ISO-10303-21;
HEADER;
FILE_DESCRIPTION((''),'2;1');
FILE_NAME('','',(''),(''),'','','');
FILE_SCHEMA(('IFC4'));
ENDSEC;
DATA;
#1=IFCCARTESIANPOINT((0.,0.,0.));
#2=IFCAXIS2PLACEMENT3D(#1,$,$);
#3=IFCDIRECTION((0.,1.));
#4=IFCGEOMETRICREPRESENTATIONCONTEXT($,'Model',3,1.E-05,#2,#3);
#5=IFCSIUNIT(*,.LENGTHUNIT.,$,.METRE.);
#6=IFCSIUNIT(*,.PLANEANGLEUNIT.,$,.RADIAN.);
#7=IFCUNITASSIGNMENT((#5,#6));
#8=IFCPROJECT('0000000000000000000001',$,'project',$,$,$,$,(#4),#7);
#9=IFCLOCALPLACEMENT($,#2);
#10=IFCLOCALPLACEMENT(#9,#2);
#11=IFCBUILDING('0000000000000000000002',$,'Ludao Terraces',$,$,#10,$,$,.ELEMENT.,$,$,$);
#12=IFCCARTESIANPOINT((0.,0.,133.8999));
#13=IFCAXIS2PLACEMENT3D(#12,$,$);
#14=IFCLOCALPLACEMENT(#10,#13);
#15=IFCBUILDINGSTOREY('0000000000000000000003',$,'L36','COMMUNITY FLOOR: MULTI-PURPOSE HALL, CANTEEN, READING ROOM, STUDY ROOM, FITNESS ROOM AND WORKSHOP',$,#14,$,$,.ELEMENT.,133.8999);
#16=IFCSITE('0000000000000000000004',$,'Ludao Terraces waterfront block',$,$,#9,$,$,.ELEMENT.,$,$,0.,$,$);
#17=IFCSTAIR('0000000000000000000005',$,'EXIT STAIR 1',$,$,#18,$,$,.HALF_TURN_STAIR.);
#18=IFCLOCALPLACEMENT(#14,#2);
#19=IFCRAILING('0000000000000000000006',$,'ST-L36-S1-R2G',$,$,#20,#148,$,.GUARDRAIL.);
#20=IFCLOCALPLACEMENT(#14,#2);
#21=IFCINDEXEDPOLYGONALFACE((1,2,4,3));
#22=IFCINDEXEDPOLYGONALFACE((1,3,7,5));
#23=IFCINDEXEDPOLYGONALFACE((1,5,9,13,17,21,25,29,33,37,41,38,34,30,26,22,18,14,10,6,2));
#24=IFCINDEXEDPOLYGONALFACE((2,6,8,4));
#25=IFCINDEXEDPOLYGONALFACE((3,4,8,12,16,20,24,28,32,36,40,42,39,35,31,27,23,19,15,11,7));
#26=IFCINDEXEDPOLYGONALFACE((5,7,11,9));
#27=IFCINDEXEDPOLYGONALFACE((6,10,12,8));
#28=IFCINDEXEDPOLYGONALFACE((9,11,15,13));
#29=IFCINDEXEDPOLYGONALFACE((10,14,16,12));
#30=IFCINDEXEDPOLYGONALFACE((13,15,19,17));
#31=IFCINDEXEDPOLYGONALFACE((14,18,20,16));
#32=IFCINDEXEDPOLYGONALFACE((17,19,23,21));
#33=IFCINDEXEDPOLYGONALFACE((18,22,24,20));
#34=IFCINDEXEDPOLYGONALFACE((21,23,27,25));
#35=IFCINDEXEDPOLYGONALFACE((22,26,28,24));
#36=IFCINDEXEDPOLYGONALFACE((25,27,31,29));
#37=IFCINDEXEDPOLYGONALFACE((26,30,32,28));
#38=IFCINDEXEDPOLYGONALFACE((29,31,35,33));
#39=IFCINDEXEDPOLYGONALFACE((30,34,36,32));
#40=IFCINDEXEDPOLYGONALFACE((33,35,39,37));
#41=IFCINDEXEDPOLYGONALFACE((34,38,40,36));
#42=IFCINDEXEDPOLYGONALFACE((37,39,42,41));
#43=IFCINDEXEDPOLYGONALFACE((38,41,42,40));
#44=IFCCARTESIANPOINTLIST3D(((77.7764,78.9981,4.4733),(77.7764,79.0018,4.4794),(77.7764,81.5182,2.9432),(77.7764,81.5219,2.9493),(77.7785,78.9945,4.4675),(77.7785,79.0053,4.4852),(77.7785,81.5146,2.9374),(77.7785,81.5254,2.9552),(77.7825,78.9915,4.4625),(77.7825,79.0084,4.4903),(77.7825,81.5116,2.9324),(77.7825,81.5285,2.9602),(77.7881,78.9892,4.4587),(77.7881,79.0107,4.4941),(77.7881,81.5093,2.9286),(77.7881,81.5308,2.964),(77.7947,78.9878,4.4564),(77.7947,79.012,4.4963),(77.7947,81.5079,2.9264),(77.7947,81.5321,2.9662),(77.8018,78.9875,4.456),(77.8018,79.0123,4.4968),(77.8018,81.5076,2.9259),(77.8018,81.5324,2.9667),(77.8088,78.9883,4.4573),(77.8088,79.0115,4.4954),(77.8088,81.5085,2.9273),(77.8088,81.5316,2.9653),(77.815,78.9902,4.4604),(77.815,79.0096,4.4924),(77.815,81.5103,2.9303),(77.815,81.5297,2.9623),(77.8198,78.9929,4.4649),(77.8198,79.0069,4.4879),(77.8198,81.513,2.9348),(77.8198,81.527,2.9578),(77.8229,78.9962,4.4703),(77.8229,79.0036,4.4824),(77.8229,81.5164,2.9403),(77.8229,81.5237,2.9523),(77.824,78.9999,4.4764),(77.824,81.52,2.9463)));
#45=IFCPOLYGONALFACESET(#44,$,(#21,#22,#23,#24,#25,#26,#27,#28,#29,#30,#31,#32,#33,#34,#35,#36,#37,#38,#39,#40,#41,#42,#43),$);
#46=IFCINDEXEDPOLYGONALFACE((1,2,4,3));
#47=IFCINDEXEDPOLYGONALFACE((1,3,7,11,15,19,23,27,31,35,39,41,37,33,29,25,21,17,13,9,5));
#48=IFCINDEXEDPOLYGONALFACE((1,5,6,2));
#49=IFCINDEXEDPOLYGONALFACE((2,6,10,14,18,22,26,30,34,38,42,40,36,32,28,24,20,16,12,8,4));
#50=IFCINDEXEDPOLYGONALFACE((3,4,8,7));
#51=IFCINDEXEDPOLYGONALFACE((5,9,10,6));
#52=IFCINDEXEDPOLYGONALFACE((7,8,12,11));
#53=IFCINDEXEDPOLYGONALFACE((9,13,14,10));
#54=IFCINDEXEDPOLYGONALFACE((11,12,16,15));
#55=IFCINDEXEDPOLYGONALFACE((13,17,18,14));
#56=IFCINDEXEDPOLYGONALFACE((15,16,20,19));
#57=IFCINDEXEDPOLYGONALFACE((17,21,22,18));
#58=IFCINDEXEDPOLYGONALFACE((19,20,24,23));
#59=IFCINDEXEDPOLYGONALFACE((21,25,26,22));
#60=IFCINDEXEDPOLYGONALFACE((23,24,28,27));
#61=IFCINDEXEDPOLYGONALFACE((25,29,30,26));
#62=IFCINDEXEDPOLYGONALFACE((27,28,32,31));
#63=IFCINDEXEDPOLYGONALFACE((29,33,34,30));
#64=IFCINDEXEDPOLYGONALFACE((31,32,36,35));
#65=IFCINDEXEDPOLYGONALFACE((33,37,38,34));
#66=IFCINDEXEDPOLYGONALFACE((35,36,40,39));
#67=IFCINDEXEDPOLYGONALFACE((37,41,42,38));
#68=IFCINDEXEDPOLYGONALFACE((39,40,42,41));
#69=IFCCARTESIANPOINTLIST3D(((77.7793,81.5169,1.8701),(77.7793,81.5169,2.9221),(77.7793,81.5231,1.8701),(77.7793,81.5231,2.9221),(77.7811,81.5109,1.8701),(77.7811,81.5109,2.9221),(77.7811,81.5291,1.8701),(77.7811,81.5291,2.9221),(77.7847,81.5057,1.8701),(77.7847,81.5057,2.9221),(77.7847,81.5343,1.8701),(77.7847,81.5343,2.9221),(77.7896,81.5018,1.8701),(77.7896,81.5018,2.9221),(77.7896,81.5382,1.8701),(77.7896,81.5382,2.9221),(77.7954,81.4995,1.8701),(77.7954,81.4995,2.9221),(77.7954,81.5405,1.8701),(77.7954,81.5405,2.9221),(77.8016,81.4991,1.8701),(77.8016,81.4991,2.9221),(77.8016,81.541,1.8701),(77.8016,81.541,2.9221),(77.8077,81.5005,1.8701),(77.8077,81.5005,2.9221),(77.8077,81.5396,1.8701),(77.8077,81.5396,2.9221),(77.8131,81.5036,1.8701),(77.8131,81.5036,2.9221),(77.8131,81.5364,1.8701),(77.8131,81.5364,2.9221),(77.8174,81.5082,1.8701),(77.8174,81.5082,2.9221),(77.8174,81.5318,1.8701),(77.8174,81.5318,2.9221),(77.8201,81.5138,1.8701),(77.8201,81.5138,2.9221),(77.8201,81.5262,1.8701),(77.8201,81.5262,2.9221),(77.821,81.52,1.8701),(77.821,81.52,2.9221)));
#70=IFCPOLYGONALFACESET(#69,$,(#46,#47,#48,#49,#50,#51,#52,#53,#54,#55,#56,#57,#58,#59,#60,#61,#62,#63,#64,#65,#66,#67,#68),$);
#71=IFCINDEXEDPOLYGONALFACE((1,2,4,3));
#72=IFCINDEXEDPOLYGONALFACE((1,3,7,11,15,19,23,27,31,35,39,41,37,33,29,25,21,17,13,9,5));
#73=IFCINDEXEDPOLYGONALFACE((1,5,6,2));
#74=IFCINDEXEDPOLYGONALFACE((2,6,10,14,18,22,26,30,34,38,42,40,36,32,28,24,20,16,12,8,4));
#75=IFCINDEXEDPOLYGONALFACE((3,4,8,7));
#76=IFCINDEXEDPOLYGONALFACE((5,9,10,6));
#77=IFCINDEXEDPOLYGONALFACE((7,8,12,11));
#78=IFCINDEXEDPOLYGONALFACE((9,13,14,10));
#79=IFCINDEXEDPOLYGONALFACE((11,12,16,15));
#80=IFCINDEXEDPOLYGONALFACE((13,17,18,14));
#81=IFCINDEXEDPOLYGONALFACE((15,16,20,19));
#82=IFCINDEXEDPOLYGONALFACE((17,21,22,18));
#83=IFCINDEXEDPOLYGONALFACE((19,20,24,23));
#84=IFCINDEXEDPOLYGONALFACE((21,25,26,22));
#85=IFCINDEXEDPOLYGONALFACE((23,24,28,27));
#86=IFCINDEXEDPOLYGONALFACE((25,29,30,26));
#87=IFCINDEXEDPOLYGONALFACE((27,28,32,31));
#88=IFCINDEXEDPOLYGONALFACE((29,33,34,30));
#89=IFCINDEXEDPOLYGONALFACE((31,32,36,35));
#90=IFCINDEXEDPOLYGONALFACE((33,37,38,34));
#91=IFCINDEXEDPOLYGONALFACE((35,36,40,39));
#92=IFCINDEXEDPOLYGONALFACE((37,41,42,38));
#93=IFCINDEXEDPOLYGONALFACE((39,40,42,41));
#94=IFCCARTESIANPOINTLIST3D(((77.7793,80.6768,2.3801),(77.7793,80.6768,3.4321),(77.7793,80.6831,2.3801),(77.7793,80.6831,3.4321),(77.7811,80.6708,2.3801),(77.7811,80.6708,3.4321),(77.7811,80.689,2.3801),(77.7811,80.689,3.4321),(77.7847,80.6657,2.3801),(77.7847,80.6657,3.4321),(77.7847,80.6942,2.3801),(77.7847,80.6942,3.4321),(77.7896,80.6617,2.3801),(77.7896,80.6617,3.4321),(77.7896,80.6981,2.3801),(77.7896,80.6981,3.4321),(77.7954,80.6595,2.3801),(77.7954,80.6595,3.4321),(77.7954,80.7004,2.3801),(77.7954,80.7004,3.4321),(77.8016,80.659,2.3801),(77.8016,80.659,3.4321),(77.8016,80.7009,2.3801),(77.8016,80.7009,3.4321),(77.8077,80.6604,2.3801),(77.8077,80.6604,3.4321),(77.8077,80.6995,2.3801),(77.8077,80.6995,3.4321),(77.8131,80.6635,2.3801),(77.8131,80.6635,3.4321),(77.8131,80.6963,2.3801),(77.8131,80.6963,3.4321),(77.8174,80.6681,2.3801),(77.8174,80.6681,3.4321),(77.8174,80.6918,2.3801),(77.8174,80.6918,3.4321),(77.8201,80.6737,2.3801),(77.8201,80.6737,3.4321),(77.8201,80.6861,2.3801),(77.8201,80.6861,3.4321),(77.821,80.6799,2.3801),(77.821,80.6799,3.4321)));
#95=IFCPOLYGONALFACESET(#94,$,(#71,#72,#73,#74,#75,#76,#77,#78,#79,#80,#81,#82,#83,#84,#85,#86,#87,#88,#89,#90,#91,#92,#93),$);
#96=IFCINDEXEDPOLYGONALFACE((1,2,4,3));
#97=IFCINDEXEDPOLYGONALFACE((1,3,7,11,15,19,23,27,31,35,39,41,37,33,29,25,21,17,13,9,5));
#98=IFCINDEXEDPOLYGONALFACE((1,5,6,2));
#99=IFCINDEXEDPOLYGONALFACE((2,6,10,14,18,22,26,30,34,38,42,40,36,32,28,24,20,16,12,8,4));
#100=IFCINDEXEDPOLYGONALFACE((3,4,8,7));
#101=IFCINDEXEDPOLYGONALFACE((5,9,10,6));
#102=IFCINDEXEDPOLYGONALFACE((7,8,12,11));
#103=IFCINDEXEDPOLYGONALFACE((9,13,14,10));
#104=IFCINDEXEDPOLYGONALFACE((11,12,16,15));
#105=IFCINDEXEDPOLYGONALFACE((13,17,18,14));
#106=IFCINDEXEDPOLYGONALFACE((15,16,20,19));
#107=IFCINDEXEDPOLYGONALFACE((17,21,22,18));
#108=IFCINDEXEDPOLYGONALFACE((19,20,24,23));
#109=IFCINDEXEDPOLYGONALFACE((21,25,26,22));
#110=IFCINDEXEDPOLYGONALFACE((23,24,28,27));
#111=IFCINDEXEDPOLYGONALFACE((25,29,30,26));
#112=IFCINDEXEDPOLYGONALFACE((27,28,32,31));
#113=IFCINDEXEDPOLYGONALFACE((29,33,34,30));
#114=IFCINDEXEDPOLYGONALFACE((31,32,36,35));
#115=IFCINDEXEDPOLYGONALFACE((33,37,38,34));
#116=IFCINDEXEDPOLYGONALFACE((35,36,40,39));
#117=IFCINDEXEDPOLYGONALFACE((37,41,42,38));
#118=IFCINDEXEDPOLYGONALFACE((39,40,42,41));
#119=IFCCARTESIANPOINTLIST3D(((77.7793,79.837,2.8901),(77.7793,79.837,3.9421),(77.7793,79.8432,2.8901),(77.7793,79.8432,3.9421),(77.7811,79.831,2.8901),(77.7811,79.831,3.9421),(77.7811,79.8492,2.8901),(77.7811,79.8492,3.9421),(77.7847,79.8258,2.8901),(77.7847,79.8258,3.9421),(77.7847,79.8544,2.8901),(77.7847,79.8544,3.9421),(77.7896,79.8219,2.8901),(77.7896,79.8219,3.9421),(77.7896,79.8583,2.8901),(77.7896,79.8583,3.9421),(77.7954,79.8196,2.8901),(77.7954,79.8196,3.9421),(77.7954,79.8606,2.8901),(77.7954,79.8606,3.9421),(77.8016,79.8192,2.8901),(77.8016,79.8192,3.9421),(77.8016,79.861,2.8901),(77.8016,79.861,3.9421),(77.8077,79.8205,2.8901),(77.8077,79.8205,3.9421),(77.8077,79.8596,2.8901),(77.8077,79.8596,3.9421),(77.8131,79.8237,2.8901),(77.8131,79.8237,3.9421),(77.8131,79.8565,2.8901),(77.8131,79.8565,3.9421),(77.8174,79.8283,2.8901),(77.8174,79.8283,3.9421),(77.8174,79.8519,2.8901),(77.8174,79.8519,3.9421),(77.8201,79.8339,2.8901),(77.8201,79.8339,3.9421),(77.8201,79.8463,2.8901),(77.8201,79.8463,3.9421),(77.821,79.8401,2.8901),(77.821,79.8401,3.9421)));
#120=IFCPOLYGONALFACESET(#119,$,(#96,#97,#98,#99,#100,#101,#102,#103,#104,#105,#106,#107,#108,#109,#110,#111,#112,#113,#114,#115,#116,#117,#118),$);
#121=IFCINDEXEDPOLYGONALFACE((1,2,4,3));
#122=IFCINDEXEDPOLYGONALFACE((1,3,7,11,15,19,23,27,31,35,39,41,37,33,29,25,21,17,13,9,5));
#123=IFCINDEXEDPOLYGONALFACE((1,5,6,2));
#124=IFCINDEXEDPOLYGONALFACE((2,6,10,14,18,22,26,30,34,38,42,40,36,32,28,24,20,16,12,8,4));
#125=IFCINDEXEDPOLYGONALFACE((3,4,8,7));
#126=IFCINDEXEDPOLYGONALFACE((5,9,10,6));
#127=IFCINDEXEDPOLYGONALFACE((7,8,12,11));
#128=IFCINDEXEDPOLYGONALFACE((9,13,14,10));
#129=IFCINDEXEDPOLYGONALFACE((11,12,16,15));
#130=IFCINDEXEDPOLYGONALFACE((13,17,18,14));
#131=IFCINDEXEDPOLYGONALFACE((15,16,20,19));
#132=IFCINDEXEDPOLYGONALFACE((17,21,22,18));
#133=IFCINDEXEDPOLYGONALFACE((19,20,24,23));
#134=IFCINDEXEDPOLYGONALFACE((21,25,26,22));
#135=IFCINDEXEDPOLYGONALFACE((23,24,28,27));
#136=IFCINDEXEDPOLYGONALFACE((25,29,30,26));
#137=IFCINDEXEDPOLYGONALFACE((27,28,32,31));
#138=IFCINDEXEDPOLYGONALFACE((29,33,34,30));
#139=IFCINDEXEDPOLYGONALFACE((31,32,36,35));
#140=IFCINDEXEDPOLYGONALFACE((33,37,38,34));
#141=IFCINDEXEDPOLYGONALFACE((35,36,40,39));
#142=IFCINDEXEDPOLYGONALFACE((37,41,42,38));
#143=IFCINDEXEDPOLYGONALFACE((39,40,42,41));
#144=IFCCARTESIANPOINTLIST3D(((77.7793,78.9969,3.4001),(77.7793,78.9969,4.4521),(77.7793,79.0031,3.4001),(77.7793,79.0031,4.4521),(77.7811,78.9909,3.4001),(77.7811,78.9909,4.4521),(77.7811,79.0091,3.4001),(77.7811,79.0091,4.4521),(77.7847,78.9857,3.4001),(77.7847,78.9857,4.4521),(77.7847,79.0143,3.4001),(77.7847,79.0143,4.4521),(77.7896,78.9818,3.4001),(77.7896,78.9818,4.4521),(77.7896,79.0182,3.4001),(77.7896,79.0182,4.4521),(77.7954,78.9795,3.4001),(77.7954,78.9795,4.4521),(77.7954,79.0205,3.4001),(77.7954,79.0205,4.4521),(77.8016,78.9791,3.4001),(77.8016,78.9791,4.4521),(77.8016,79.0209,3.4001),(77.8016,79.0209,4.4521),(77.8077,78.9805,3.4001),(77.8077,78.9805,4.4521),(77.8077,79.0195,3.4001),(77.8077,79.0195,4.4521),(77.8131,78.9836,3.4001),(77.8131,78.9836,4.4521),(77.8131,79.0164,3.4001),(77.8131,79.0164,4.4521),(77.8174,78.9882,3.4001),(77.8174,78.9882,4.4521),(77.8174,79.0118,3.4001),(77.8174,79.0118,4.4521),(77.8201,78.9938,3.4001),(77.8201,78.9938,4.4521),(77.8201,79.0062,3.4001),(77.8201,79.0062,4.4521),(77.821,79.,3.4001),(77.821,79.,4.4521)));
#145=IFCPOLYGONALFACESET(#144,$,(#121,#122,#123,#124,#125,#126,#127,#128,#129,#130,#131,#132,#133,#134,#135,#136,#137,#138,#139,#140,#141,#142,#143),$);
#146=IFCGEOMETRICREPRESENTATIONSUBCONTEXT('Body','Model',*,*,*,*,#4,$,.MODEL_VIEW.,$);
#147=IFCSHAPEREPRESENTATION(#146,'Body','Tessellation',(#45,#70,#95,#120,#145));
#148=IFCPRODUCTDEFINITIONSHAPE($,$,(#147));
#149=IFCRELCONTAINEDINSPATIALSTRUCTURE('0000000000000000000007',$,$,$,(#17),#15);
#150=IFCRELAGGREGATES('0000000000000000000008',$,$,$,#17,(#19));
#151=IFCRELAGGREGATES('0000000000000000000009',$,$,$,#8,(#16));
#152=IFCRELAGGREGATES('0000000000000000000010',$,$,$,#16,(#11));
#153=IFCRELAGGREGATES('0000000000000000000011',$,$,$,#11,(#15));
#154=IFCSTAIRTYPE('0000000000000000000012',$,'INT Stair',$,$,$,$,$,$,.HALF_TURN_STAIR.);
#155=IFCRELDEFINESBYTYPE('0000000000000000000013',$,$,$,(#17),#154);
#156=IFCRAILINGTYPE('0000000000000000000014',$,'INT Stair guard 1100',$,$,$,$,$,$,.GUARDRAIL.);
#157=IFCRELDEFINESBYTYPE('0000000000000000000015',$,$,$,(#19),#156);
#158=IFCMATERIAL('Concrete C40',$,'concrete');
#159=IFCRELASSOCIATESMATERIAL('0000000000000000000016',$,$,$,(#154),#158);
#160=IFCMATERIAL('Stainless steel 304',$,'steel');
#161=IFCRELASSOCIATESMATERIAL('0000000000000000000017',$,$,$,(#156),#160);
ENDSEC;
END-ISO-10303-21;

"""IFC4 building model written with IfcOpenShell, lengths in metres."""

from ifc_helpers import new_model, si_unit, direction, frame, origin, origin_2d, place, context, subcontext, project, spatial, circle, extrude, material, type_object, element, aggregate, save


model = new_model("IFC4")

# Units and contexts
model_context = context("Model", 3, precision=1e-05, world=origin(), true_north=direction((0.0, 1.0)))
body_context = subcontext(model_context, "Body", "Model", "MODEL_VIEW")
ifc_project = project(units=[si_unit("LENGTHUNIT", "METRE"), si_unit("PLANEANGLEUNIT", "RADIAN")], contexts=[model_context])

# Site, building, storey
site_placement = place(None, origin())
site = spatial("IfcSite", under=ifc_project, at=site_placement, Name="Ludao Terraces waterfront block", CompositionType="ELEMENT", RefElevation=0.0)
building_placement = place(site_placement, origin())
building = spatial("IfcBuilding", under=site, at=building_placement, Name="Ludao Terraces", CompositionType="ELEMENT")
storey_placement = place(building_placement, frame((0.0, 0.0, 133.8999)))
storey = spatial("IfcBuildingStorey", under=building, at=storey_placement, Name="L36", Description="COMMUNITY FLOOR: MULTI-PURPOSE HALL, CANTEEN, READING ROOM, STUDY ROOM, FITNESS ROOM AND WORKSHOP", CompositionType="ELEMENT", Elevation=133.8999)

# Shared definitions
ifc_material_1 = material(Name="Stainless steel 304", Category="steel")

# Stair, railing
ifc_material_2 = material(Name="Concrete C40", Category="concrete")
stair_type = type_object("IfcStairType", Name="INT Stair", PredefinedType="HALF_TURN_STAIR", material=ifc_material_2)
stair_placement = place(storey_placement, origin())
stair = element("IfcStair", 1, at=stair_placement, inside=storey, type_object=stair_type, Name="EXIT STAIR 1", PredefinedType="HALF_TURN_STAIR")
railing_type_1 = type_object("IfcRailingType", Name="INT Stair guard 1100", PredefinedType="GUARDRAIL", material=ifc_material_1)
railing_1_placement = place(storey_placement, frame((77.8, 81.52, 1.8701)))
railing_1 = element("IfcRailing", 2, at=railing_1_placement, type_object=railing_type_1, Name="ST-L36-S1-R2G", PredefinedType="GUARDRAIL", context=body_context, shape_type="SweptSolid", body=[
    extrude(circle(Radius=0.0239, at=origin_2d()), frame((0.0, 0.0, 1.0762), z_axis=(0.0, -0.854785, 0.518982), x_axis=(1.0, 0.0, 0.0)), (0.0, 0.0, 1.0), 2.9482),
    extrude(circle(Radius=0.021, at=origin_2d()), origin(), (0.0, 0.0, 1.0), 1.052),
    extrude(circle(Radius=0.021, at=origin_2d()), frame((0.0, -0.8401, 0.51)), (0.0, 0.0, 1.0), 1.052),
    extrude(circle(Radius=0.021, at=origin_2d()), frame((0.0, -1.6799, 1.02)), (0.0, 0.0, 1.0), 1.052),
    extrude(circle(Radius=0.021, at=origin_2d()), frame((0.0, -2.52, 1.53)), (0.0, 0.0, 1.0), 1.052),
])
aggregate(stair, [railing_1])

save(model, "model.ifc")
